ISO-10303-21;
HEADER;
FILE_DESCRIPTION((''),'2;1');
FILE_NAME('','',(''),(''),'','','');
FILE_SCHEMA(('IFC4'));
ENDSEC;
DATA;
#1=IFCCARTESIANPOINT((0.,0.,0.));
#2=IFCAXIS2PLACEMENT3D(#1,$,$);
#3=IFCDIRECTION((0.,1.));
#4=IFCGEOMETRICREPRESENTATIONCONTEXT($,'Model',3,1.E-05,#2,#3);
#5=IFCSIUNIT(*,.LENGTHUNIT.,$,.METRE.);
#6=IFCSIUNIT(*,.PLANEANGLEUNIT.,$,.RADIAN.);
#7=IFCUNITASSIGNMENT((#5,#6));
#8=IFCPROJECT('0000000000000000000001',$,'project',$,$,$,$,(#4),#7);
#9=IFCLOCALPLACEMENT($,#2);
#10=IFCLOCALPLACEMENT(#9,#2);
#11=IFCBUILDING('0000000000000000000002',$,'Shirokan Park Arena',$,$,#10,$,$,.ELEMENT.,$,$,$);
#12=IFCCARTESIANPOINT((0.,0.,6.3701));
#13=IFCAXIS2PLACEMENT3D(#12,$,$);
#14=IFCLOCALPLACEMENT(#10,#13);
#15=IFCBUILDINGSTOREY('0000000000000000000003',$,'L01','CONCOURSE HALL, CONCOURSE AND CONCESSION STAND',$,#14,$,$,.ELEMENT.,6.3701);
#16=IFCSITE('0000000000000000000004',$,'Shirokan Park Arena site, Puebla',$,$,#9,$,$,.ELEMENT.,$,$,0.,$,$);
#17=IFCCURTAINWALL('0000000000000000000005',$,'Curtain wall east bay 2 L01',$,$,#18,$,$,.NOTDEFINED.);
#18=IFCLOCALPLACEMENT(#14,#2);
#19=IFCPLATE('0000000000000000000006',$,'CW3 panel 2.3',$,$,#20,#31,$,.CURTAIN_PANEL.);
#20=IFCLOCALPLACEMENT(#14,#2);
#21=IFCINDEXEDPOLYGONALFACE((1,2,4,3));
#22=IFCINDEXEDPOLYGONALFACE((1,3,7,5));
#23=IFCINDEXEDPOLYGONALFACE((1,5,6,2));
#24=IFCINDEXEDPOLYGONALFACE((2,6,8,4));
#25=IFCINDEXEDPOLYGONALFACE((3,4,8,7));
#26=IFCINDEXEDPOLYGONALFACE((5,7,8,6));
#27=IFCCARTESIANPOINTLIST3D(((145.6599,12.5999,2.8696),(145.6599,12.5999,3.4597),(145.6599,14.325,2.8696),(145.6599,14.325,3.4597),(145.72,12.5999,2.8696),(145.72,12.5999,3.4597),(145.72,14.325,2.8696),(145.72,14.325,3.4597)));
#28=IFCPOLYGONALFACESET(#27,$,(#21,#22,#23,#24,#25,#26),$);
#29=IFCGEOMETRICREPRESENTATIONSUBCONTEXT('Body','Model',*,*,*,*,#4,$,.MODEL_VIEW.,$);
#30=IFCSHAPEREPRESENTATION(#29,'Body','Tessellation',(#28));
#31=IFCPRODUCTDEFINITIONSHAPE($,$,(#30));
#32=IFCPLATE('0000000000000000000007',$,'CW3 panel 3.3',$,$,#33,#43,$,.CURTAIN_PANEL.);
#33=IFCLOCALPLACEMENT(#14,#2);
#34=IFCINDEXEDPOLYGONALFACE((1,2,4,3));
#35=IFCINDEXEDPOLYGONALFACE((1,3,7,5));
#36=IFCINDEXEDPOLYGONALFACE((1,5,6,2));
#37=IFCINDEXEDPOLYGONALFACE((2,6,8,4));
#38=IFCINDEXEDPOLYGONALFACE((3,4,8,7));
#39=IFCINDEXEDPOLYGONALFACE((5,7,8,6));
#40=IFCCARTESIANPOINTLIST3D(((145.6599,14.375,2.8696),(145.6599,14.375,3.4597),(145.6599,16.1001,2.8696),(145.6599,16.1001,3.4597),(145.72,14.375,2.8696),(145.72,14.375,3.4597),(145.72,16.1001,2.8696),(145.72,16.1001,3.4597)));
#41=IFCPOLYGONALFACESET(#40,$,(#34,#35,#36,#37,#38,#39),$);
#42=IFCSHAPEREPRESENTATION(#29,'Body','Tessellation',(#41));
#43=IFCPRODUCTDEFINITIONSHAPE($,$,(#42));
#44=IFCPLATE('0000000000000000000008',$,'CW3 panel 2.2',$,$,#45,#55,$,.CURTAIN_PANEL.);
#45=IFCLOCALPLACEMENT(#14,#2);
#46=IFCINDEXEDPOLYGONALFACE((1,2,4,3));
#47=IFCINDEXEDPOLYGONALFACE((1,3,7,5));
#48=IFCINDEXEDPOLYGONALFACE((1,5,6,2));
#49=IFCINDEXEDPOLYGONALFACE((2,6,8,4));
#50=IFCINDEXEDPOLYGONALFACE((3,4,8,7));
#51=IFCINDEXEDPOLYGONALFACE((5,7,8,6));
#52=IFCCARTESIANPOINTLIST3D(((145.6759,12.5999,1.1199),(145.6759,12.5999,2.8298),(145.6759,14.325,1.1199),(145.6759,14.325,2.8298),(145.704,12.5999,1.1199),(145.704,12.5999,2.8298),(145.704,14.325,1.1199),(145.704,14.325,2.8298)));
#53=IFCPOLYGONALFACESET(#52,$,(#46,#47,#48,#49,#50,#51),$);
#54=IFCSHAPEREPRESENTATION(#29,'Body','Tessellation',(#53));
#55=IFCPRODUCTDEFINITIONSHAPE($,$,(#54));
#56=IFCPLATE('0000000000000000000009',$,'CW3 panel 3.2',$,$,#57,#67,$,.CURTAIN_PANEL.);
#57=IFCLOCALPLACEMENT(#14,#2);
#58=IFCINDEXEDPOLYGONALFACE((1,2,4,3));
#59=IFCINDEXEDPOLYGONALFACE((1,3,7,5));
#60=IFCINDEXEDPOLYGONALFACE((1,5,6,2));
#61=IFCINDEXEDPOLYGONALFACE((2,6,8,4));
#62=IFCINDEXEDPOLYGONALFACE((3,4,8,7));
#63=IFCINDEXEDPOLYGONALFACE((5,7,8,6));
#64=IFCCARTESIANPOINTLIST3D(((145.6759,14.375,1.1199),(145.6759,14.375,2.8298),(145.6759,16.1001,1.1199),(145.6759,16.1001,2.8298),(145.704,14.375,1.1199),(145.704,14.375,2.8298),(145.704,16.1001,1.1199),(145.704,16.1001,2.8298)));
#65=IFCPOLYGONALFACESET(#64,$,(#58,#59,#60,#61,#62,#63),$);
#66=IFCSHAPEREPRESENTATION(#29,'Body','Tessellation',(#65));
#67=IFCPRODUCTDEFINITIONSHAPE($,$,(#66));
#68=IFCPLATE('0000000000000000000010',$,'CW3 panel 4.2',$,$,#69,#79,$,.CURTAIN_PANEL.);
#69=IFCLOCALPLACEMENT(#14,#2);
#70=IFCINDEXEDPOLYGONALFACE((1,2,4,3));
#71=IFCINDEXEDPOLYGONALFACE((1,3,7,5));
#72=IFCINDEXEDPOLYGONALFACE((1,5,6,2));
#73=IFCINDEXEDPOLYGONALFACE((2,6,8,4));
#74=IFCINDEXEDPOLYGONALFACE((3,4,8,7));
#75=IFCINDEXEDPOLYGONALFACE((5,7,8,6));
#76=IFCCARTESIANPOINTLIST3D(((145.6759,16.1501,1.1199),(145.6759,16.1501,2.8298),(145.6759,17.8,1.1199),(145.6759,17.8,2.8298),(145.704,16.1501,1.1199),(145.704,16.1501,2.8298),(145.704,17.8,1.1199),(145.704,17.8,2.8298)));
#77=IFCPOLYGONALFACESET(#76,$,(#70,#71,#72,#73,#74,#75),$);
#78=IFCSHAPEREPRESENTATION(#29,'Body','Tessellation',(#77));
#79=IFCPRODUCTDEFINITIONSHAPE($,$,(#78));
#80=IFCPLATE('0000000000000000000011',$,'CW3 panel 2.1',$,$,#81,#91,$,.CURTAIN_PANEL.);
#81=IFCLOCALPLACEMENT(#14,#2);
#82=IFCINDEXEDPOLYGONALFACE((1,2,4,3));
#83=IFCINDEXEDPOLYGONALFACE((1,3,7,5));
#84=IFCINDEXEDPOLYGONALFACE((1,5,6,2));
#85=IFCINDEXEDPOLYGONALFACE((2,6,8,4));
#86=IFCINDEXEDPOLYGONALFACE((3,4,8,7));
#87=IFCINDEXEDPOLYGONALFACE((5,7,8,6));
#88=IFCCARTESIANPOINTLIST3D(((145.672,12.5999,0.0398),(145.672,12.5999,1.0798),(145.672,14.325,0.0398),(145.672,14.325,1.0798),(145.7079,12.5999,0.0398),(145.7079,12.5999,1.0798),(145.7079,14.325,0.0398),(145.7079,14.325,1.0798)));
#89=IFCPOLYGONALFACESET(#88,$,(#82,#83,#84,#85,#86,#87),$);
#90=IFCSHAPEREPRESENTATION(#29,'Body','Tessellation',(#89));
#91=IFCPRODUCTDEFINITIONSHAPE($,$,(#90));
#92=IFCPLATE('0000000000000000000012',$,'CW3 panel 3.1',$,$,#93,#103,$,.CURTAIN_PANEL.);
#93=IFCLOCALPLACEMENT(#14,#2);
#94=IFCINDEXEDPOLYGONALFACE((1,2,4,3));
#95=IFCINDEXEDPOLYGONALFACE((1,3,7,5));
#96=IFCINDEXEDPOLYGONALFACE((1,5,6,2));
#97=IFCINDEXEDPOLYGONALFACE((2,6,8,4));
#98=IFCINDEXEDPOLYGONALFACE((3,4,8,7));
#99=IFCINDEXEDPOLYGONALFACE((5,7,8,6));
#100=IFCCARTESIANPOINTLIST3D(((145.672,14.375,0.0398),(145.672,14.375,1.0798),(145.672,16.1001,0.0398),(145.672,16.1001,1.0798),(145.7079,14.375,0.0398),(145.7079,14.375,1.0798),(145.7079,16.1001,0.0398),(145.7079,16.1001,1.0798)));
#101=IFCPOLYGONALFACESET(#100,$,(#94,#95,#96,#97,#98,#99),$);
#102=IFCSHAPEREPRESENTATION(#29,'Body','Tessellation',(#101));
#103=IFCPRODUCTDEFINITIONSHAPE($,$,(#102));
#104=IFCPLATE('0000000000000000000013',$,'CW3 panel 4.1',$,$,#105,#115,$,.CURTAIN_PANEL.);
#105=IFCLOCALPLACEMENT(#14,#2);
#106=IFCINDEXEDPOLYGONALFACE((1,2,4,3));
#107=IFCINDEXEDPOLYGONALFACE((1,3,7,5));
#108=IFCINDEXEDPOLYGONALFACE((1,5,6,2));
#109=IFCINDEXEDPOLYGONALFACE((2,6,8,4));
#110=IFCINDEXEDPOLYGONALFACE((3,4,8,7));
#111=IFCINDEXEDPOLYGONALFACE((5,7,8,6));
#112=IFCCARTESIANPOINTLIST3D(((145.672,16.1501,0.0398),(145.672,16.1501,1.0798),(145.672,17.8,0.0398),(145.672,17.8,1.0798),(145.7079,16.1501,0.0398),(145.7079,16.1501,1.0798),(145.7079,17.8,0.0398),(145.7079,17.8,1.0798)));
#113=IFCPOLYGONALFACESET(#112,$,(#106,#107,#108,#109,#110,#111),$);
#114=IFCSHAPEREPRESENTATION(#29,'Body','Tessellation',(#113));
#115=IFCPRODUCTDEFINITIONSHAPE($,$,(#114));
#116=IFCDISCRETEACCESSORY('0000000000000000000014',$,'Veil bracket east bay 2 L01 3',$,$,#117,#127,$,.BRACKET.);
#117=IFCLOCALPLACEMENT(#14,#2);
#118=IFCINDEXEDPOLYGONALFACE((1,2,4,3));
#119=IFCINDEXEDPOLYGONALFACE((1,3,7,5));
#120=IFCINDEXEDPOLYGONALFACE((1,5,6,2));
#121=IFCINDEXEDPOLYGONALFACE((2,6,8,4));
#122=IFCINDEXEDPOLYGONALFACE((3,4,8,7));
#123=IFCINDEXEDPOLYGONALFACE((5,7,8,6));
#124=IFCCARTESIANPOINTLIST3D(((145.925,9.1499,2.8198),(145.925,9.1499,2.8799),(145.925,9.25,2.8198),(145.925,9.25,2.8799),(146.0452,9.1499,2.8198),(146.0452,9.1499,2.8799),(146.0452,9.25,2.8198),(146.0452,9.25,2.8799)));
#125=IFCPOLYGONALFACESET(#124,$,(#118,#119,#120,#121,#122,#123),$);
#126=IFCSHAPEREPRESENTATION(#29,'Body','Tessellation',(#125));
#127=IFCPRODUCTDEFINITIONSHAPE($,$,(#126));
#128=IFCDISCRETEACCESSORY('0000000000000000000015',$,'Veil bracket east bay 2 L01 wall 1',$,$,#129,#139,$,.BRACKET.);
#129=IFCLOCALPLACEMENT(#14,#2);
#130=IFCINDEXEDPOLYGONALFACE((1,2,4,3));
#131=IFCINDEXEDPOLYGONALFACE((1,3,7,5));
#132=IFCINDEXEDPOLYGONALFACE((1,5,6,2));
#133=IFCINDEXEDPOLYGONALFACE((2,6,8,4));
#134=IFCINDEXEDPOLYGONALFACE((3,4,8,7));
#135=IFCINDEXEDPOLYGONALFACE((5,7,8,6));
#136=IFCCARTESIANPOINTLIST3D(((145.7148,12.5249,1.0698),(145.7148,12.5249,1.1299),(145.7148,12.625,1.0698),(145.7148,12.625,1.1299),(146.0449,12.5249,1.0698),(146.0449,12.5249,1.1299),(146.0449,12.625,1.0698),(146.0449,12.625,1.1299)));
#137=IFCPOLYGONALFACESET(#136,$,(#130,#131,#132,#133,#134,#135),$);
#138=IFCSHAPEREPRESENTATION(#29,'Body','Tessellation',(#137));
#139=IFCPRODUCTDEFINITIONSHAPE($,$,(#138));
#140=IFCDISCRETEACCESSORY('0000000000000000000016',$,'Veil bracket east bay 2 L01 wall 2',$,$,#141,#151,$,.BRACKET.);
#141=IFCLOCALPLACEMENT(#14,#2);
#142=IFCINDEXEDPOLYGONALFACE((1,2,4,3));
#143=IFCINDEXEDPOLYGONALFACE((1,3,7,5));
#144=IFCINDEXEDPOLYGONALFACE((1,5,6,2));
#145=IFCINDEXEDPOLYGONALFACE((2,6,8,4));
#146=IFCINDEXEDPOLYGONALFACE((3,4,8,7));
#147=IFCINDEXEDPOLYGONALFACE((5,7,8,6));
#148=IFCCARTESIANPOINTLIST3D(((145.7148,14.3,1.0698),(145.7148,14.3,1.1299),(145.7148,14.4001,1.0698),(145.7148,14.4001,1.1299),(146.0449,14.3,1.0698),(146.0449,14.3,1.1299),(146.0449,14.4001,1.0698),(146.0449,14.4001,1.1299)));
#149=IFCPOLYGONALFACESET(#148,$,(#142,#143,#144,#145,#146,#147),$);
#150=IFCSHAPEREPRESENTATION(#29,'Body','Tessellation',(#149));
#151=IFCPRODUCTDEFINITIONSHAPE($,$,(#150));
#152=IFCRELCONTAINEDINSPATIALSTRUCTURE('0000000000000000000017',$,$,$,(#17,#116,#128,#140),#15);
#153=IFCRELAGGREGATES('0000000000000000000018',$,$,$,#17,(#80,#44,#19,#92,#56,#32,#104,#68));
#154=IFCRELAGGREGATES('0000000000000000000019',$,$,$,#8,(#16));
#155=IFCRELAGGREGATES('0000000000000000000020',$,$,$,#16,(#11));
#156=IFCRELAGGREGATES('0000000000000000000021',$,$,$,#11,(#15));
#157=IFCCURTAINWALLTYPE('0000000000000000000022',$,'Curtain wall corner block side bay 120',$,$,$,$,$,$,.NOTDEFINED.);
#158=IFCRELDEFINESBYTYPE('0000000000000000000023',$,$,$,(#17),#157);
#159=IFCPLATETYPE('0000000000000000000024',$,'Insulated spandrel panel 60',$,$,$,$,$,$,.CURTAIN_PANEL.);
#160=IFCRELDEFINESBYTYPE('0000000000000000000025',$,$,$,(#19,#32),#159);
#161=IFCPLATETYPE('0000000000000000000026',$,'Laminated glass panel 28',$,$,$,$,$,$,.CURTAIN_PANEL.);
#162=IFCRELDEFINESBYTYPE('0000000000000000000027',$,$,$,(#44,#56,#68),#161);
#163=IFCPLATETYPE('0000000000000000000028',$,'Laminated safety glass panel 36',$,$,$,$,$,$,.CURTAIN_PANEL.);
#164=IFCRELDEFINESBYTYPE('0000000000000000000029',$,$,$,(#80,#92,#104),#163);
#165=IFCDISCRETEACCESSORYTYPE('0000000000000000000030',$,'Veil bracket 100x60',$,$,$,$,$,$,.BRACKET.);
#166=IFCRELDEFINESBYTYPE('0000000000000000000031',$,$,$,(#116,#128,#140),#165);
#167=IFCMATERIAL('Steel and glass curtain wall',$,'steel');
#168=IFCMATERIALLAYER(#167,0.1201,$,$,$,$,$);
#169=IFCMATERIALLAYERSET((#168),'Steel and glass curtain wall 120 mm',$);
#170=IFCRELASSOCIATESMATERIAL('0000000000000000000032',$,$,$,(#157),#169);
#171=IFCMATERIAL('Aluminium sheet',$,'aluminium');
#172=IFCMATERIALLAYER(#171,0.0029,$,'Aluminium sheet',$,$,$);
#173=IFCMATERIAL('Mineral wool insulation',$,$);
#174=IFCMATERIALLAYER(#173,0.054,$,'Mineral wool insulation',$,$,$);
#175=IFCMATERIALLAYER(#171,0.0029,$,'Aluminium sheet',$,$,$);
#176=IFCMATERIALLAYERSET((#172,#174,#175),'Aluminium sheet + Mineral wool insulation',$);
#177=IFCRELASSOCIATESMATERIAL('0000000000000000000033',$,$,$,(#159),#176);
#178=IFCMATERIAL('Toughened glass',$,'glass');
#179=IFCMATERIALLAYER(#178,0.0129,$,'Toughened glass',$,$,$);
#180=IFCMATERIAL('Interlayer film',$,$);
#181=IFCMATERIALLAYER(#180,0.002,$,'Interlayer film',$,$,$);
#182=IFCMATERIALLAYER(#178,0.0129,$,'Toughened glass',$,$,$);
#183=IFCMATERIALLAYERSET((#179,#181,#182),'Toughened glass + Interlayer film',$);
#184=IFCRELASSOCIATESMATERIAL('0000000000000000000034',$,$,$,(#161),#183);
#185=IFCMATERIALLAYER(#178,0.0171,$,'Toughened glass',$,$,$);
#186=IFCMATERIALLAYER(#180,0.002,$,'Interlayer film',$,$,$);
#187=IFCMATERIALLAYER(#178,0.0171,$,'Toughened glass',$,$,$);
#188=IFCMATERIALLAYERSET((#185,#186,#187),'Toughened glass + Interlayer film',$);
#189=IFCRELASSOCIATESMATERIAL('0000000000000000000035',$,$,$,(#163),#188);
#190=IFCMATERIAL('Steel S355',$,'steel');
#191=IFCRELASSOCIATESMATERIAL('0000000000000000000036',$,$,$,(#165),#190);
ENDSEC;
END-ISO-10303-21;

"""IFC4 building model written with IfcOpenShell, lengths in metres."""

from ifc_helpers import new_model, si_unit, direction, frame, origin, origin_2d, place, context, subcontext, project, spatial, rectangle, extrude, material, layer, layer_set, type_object, element, aggregate, save


model = new_model("IFC4")

# Units and contexts
model_context = context("Model", 3, precision=1e-05, world=origin(), true_north=direction((0.0, 1.0)))
body_context = subcontext(model_context, "Body", "Model", "MODEL_VIEW")
ifc_project = project(units=[si_unit("LENGTHUNIT", "METRE"), si_unit("PLANEANGLEUNIT", "RADIAN")], contexts=[model_context])

# Site, building, storey
site_placement = place(None, origin())
site = spatial("IfcSite", under=ifc_project, at=site_placement, Name="Shirokan Park Arena site, Puebla", CompositionType="ELEMENT", RefElevation=0.0)
building_placement = place(site_placement, origin())
building = spatial("IfcBuilding", under=site, at=building_placement, Name="Shirokan Park Arena", CompositionType="ELEMENT")
storey_placement = place(building_placement, frame((0.0, 0.0, 6.3701)))
storey = spatial("IfcBuildingStorey", under=building, at=storey_placement, Name="L01", Description="CONCOURSE HALL, CONCOURSE AND CONCESSION STAND", CompositionType="ELEMENT", Elevation=6.3701)

# Curtain wall, plates
ifc_material_1 = material(Name="Steel and glass curtain wall", Category="steel")
ifc_layer_1 = layer(ifc_material_1, 0.1201)
ifc_layer_set_1 = layer_set([ifc_layer_1], Name="Steel and glass curtain wall 120 mm")
curtain_wall_type = type_object("IfcCurtainWallType", Name="Curtain wall corner block side bay 120", PredefinedType="NOTDEFINED", material=ifc_layer_set_1)
curtain_wall_placement = place(storey_placement, origin())
curtain_wall = element("IfcCurtainWall", 1, at=curtain_wall_placement, inside=storey, type_object=curtain_wall_type, Name="Curtain wall east bay 2 L01", PredefinedType="NOTDEFINED")
ifc_material_2 = material(Name="Steel S355", Category="steel")
ifc_material_3 = material(Name="Aluminium sheet", Category="aluminium")
ifc_layer_2 = layer(ifc_material_3, 0.0029, Name="Aluminium sheet")
ifc_material_4 = material(Name="Mineral wool insulation")
ifc_layer_3 = layer(ifc_material_4, 0.054, Name="Mineral wool insulation")
ifc_layer_4 = layer(ifc_material_3, 0.0029, Name="Aluminium sheet")
ifc_layer_set_2 = layer_set([ifc_layer_2, ifc_layer_3, ifc_layer_4], Name="Aluminium sheet + Mineral wool insulation")
plate_type_1 = type_object("IfcPlateType", Name="Insulated spandrel panel 60", PredefinedType="CURTAIN_PANEL", material=ifc_layer_set_2)
plate_1_placement = place(storey_placement, frame((145.6899, 13.4624, 2.8696), z_axis=(0.0, 0.0, 1.0), x_axis=(0.0, 1.0, 0.0)))
plate_1 = element("IfcPlate", 2, at=plate_1_placement, type_object=plate_type_1, Name="CW3 panel 2.3", PredefinedType="CURTAIN_PANEL", context=body_context, shape_type="SweptSolid", body=[
    extrude(rectangle(XDim=1.7251, YDim=0.0601, at=origin_2d()), origin(), (0.0, 0.0, 1.0), 0.5901),
])
plate_2_placement = place(storey_placement, frame((145.6899, 15.2375, 2.8696), z_axis=(0.0, 0.0, 1.0), x_axis=(0.0, 1.0, 0.0)))
plate_2 = element("IfcPlate", 3, at=plate_2_placement, type_object=plate_type_1, Name="CW3 panel 3.3", PredefinedType="CURTAIN_PANEL", context=body_context, shape_type="SweptSolid", body=[
    extrude(rectangle(XDim=1.7251, YDim=0.0601, at=origin_2d()), origin(), (0.0, 0.0, 1.0), 0.5901),
])
ifc_material_5 = material(Name="Toughened glass", Category="glass")
ifc_layer_5 = layer(ifc_material_5, 0.0129, Name="Toughened glass")
ifc_material_6 = material(Name="Interlayer film")
ifc_layer_6 = layer(ifc_material_6, 0.002, Name="Interlayer film")
ifc_layer_7 = layer(ifc_material_5, 0.0129, Name="Toughened glass")
ifc_layer_set_3 = layer_set([ifc_layer_5, ifc_layer_6, ifc_layer_7], Name="Toughened glass + Interlayer film")
plate_type_2 = type_object("IfcPlateType", Name="Laminated glass panel 28", PredefinedType="CURTAIN_PANEL", material=ifc_layer_set_3)
plate_3_placement = place(storey_placement, frame((145.6899, 13.4624, 1.1199), z_axis=(0.0, 0.0, 1.0), x_axis=(0.0, 1.0, 0.0)))
plate_3 = element("IfcPlate", 4, at=plate_3_placement, type_object=plate_type_2, Name="CW3 panel 2.2", PredefinedType="CURTAIN_PANEL", context=body_context, shape_type="SweptSolid", body=[
    extrude(rectangle(XDim=1.7251, YDim=0.0281, at=origin_2d()), origin(), (0.0, 0.0, 1.0), 1.71),
])
plate_4_placement = place(storey_placement, frame((145.6899, 15.2375, 1.1199), z_axis=(0.0, 0.0, 1.0), x_axis=(0.0, 1.0, 0.0)))
plate_4 = element("IfcPlate", 5, at=plate_4_placement, type_object=plate_type_2, Name="CW3 panel 3.2", PredefinedType="CURTAIN_PANEL", context=body_context, shape_type="SweptSolid", body=[
    extrude(rectangle(XDim=1.7251, YDim=0.0281, at=origin_2d()), origin(), (0.0, 0.0, 1.0), 1.71),
])
plate_5_placement = place(storey_placement, frame((145.6899, 16.9751, 1.1199), z_axis=(0.0, 0.0, 1.0), x_axis=(0.0, 1.0, 0.0)))
plate_5 = element("IfcPlate", 6, at=plate_5_placement, type_object=plate_type_2, Name="CW3 panel 4.2", PredefinedType="CURTAIN_PANEL", context=body_context, shape_type="SweptSolid", body=[
    extrude(rectangle(XDim=1.6499, YDim=0.0281, at=origin_2d()), origin(), (0.0, 0.0, 1.0), 1.71),
])
ifc_layer_8 = layer(ifc_material_5, 0.0171, Name="Toughened glass")
ifc_layer_9 = layer(ifc_material_6, 0.002, Name="Interlayer film")
ifc_layer_10 = layer(ifc_material_5, 0.0171, Name="Toughened glass")
ifc_layer_set_4 = layer_set([ifc_layer_8, ifc_layer_9, ifc_layer_10], Name="Toughened glass + Interlayer film")
plate_type_3 = type_object("IfcPlateType", Name="Laminated safety glass panel 36", PredefinedType="CURTAIN_PANEL", material=ifc_layer_set_4)
plate_6_placement = place(storey_placement, frame((145.6899, 13.4624, 0.0398), z_axis=(0.0, 0.0, 1.0), x_axis=(0.0, 1.0, 0.0)))
plate_6 = element("IfcPlate", 7, at=plate_6_placement, type_object=plate_type_3, Name="CW3 panel 2.1", PredefinedType="CURTAIN_PANEL", context=body_context, shape_type="SweptSolid", body=[
    extrude(rectangle(XDim=1.7251, YDim=0.0359, at=origin_2d()), origin(), (0.0, 0.0, 1.0), 1.04),
])
plate_7_placement = place(storey_placement, frame((145.6899, 15.2375, 0.0398), z_axis=(0.0, 0.0, 1.0), x_axis=(0.0, 1.0, 0.0)))
plate_7 = element("IfcPlate", 8, at=plate_7_placement, type_object=plate_type_3, Name="CW3 panel 3.1", PredefinedType="CURTAIN_PANEL", context=body_context, shape_type="SweptSolid", body=[
    extrude(rectangle(XDim=1.7251, YDim=0.0359, at=origin_2d()), origin(), (0.0, 0.0, 1.0), 1.04),
])
plate_8_placement = place(storey_placement, frame((145.6899, 16.9751, 0.0398), z_axis=(0.0, 0.0, 1.0), x_axis=(0.0, 1.0, 0.0)))
plate_8 = element("IfcPlate", 9, at=plate_8_placement, type_object=plate_type_3, Name="CW3 panel 4.1", PredefinedType="CURTAIN_PANEL", context=body_context, shape_type="SweptSolid", body=[
    extrude(rectangle(XDim=1.6499, YDim=0.0359, at=origin_2d()), origin(), (0.0, 0.0, 1.0), 1.04),
])
aggregate(curtain_wall, [plate_6, plate_3, plate_1, plate_7, plate_4, plate_2, plate_8, plate_5])

# Discrete accessories
discrete_accessory_type = type_object("IfcDiscreteAccessoryType", Name="Veil bracket 100x60", PredefinedType="BRACKET", material=ifc_material_2)
discrete_accessory_placement = place(storey_placement, frame((145.9851, 9.2, 2.8198), z_axis=(0.0, 0.0, 1.0), x_axis=(0.0, 1.0, 0.0)))
element("IfcDiscreteAccessory", 10, at=discrete_accessory_placement, inside=storey, type_object=discrete_accessory_type, Name="Veil bracket east bay 2 L01 3", PredefinedType="BRACKET", context=body_context, shape_type="SweptSolid", body=[
    extrude(rectangle(XDim=0.1001, YDim=0.1201, at=origin_2d()), origin(), (0.0, 0.0, 1.0), 0.0601),
])
for number, where, z_axis, x_axis, name in (
    (11, (145.8799, 12.575, 1.0698), (0.0, 0.0, 1.0), (0.0, 1.0, 0.0), "Veil bracket east bay 2 L01 wall 1"),
    (12, (145.8799, 14.3501, 1.0698), (0.0, 0.0, 1.0), (0.0, 1.0, 0.0), "Veil bracket east bay 2 L01 wall 2"),
):
    element("IfcDiscreteAccessory", number, at=place(storey_placement, frame(where, z_axis=z_axis, x_axis=x_axis)), inside=storey, type_object=discrete_accessory_type, Name=name, PredefinedType="BRACKET", context=body_context, shape_type="SweptSolid", body=[
        extrude(rectangle(XDim=0.1001, YDim=0.3301, at=origin_2d()), origin(), (0.0, 0.0, 1.0), 0.0601),
    ])

save(model, "model.ifc")
